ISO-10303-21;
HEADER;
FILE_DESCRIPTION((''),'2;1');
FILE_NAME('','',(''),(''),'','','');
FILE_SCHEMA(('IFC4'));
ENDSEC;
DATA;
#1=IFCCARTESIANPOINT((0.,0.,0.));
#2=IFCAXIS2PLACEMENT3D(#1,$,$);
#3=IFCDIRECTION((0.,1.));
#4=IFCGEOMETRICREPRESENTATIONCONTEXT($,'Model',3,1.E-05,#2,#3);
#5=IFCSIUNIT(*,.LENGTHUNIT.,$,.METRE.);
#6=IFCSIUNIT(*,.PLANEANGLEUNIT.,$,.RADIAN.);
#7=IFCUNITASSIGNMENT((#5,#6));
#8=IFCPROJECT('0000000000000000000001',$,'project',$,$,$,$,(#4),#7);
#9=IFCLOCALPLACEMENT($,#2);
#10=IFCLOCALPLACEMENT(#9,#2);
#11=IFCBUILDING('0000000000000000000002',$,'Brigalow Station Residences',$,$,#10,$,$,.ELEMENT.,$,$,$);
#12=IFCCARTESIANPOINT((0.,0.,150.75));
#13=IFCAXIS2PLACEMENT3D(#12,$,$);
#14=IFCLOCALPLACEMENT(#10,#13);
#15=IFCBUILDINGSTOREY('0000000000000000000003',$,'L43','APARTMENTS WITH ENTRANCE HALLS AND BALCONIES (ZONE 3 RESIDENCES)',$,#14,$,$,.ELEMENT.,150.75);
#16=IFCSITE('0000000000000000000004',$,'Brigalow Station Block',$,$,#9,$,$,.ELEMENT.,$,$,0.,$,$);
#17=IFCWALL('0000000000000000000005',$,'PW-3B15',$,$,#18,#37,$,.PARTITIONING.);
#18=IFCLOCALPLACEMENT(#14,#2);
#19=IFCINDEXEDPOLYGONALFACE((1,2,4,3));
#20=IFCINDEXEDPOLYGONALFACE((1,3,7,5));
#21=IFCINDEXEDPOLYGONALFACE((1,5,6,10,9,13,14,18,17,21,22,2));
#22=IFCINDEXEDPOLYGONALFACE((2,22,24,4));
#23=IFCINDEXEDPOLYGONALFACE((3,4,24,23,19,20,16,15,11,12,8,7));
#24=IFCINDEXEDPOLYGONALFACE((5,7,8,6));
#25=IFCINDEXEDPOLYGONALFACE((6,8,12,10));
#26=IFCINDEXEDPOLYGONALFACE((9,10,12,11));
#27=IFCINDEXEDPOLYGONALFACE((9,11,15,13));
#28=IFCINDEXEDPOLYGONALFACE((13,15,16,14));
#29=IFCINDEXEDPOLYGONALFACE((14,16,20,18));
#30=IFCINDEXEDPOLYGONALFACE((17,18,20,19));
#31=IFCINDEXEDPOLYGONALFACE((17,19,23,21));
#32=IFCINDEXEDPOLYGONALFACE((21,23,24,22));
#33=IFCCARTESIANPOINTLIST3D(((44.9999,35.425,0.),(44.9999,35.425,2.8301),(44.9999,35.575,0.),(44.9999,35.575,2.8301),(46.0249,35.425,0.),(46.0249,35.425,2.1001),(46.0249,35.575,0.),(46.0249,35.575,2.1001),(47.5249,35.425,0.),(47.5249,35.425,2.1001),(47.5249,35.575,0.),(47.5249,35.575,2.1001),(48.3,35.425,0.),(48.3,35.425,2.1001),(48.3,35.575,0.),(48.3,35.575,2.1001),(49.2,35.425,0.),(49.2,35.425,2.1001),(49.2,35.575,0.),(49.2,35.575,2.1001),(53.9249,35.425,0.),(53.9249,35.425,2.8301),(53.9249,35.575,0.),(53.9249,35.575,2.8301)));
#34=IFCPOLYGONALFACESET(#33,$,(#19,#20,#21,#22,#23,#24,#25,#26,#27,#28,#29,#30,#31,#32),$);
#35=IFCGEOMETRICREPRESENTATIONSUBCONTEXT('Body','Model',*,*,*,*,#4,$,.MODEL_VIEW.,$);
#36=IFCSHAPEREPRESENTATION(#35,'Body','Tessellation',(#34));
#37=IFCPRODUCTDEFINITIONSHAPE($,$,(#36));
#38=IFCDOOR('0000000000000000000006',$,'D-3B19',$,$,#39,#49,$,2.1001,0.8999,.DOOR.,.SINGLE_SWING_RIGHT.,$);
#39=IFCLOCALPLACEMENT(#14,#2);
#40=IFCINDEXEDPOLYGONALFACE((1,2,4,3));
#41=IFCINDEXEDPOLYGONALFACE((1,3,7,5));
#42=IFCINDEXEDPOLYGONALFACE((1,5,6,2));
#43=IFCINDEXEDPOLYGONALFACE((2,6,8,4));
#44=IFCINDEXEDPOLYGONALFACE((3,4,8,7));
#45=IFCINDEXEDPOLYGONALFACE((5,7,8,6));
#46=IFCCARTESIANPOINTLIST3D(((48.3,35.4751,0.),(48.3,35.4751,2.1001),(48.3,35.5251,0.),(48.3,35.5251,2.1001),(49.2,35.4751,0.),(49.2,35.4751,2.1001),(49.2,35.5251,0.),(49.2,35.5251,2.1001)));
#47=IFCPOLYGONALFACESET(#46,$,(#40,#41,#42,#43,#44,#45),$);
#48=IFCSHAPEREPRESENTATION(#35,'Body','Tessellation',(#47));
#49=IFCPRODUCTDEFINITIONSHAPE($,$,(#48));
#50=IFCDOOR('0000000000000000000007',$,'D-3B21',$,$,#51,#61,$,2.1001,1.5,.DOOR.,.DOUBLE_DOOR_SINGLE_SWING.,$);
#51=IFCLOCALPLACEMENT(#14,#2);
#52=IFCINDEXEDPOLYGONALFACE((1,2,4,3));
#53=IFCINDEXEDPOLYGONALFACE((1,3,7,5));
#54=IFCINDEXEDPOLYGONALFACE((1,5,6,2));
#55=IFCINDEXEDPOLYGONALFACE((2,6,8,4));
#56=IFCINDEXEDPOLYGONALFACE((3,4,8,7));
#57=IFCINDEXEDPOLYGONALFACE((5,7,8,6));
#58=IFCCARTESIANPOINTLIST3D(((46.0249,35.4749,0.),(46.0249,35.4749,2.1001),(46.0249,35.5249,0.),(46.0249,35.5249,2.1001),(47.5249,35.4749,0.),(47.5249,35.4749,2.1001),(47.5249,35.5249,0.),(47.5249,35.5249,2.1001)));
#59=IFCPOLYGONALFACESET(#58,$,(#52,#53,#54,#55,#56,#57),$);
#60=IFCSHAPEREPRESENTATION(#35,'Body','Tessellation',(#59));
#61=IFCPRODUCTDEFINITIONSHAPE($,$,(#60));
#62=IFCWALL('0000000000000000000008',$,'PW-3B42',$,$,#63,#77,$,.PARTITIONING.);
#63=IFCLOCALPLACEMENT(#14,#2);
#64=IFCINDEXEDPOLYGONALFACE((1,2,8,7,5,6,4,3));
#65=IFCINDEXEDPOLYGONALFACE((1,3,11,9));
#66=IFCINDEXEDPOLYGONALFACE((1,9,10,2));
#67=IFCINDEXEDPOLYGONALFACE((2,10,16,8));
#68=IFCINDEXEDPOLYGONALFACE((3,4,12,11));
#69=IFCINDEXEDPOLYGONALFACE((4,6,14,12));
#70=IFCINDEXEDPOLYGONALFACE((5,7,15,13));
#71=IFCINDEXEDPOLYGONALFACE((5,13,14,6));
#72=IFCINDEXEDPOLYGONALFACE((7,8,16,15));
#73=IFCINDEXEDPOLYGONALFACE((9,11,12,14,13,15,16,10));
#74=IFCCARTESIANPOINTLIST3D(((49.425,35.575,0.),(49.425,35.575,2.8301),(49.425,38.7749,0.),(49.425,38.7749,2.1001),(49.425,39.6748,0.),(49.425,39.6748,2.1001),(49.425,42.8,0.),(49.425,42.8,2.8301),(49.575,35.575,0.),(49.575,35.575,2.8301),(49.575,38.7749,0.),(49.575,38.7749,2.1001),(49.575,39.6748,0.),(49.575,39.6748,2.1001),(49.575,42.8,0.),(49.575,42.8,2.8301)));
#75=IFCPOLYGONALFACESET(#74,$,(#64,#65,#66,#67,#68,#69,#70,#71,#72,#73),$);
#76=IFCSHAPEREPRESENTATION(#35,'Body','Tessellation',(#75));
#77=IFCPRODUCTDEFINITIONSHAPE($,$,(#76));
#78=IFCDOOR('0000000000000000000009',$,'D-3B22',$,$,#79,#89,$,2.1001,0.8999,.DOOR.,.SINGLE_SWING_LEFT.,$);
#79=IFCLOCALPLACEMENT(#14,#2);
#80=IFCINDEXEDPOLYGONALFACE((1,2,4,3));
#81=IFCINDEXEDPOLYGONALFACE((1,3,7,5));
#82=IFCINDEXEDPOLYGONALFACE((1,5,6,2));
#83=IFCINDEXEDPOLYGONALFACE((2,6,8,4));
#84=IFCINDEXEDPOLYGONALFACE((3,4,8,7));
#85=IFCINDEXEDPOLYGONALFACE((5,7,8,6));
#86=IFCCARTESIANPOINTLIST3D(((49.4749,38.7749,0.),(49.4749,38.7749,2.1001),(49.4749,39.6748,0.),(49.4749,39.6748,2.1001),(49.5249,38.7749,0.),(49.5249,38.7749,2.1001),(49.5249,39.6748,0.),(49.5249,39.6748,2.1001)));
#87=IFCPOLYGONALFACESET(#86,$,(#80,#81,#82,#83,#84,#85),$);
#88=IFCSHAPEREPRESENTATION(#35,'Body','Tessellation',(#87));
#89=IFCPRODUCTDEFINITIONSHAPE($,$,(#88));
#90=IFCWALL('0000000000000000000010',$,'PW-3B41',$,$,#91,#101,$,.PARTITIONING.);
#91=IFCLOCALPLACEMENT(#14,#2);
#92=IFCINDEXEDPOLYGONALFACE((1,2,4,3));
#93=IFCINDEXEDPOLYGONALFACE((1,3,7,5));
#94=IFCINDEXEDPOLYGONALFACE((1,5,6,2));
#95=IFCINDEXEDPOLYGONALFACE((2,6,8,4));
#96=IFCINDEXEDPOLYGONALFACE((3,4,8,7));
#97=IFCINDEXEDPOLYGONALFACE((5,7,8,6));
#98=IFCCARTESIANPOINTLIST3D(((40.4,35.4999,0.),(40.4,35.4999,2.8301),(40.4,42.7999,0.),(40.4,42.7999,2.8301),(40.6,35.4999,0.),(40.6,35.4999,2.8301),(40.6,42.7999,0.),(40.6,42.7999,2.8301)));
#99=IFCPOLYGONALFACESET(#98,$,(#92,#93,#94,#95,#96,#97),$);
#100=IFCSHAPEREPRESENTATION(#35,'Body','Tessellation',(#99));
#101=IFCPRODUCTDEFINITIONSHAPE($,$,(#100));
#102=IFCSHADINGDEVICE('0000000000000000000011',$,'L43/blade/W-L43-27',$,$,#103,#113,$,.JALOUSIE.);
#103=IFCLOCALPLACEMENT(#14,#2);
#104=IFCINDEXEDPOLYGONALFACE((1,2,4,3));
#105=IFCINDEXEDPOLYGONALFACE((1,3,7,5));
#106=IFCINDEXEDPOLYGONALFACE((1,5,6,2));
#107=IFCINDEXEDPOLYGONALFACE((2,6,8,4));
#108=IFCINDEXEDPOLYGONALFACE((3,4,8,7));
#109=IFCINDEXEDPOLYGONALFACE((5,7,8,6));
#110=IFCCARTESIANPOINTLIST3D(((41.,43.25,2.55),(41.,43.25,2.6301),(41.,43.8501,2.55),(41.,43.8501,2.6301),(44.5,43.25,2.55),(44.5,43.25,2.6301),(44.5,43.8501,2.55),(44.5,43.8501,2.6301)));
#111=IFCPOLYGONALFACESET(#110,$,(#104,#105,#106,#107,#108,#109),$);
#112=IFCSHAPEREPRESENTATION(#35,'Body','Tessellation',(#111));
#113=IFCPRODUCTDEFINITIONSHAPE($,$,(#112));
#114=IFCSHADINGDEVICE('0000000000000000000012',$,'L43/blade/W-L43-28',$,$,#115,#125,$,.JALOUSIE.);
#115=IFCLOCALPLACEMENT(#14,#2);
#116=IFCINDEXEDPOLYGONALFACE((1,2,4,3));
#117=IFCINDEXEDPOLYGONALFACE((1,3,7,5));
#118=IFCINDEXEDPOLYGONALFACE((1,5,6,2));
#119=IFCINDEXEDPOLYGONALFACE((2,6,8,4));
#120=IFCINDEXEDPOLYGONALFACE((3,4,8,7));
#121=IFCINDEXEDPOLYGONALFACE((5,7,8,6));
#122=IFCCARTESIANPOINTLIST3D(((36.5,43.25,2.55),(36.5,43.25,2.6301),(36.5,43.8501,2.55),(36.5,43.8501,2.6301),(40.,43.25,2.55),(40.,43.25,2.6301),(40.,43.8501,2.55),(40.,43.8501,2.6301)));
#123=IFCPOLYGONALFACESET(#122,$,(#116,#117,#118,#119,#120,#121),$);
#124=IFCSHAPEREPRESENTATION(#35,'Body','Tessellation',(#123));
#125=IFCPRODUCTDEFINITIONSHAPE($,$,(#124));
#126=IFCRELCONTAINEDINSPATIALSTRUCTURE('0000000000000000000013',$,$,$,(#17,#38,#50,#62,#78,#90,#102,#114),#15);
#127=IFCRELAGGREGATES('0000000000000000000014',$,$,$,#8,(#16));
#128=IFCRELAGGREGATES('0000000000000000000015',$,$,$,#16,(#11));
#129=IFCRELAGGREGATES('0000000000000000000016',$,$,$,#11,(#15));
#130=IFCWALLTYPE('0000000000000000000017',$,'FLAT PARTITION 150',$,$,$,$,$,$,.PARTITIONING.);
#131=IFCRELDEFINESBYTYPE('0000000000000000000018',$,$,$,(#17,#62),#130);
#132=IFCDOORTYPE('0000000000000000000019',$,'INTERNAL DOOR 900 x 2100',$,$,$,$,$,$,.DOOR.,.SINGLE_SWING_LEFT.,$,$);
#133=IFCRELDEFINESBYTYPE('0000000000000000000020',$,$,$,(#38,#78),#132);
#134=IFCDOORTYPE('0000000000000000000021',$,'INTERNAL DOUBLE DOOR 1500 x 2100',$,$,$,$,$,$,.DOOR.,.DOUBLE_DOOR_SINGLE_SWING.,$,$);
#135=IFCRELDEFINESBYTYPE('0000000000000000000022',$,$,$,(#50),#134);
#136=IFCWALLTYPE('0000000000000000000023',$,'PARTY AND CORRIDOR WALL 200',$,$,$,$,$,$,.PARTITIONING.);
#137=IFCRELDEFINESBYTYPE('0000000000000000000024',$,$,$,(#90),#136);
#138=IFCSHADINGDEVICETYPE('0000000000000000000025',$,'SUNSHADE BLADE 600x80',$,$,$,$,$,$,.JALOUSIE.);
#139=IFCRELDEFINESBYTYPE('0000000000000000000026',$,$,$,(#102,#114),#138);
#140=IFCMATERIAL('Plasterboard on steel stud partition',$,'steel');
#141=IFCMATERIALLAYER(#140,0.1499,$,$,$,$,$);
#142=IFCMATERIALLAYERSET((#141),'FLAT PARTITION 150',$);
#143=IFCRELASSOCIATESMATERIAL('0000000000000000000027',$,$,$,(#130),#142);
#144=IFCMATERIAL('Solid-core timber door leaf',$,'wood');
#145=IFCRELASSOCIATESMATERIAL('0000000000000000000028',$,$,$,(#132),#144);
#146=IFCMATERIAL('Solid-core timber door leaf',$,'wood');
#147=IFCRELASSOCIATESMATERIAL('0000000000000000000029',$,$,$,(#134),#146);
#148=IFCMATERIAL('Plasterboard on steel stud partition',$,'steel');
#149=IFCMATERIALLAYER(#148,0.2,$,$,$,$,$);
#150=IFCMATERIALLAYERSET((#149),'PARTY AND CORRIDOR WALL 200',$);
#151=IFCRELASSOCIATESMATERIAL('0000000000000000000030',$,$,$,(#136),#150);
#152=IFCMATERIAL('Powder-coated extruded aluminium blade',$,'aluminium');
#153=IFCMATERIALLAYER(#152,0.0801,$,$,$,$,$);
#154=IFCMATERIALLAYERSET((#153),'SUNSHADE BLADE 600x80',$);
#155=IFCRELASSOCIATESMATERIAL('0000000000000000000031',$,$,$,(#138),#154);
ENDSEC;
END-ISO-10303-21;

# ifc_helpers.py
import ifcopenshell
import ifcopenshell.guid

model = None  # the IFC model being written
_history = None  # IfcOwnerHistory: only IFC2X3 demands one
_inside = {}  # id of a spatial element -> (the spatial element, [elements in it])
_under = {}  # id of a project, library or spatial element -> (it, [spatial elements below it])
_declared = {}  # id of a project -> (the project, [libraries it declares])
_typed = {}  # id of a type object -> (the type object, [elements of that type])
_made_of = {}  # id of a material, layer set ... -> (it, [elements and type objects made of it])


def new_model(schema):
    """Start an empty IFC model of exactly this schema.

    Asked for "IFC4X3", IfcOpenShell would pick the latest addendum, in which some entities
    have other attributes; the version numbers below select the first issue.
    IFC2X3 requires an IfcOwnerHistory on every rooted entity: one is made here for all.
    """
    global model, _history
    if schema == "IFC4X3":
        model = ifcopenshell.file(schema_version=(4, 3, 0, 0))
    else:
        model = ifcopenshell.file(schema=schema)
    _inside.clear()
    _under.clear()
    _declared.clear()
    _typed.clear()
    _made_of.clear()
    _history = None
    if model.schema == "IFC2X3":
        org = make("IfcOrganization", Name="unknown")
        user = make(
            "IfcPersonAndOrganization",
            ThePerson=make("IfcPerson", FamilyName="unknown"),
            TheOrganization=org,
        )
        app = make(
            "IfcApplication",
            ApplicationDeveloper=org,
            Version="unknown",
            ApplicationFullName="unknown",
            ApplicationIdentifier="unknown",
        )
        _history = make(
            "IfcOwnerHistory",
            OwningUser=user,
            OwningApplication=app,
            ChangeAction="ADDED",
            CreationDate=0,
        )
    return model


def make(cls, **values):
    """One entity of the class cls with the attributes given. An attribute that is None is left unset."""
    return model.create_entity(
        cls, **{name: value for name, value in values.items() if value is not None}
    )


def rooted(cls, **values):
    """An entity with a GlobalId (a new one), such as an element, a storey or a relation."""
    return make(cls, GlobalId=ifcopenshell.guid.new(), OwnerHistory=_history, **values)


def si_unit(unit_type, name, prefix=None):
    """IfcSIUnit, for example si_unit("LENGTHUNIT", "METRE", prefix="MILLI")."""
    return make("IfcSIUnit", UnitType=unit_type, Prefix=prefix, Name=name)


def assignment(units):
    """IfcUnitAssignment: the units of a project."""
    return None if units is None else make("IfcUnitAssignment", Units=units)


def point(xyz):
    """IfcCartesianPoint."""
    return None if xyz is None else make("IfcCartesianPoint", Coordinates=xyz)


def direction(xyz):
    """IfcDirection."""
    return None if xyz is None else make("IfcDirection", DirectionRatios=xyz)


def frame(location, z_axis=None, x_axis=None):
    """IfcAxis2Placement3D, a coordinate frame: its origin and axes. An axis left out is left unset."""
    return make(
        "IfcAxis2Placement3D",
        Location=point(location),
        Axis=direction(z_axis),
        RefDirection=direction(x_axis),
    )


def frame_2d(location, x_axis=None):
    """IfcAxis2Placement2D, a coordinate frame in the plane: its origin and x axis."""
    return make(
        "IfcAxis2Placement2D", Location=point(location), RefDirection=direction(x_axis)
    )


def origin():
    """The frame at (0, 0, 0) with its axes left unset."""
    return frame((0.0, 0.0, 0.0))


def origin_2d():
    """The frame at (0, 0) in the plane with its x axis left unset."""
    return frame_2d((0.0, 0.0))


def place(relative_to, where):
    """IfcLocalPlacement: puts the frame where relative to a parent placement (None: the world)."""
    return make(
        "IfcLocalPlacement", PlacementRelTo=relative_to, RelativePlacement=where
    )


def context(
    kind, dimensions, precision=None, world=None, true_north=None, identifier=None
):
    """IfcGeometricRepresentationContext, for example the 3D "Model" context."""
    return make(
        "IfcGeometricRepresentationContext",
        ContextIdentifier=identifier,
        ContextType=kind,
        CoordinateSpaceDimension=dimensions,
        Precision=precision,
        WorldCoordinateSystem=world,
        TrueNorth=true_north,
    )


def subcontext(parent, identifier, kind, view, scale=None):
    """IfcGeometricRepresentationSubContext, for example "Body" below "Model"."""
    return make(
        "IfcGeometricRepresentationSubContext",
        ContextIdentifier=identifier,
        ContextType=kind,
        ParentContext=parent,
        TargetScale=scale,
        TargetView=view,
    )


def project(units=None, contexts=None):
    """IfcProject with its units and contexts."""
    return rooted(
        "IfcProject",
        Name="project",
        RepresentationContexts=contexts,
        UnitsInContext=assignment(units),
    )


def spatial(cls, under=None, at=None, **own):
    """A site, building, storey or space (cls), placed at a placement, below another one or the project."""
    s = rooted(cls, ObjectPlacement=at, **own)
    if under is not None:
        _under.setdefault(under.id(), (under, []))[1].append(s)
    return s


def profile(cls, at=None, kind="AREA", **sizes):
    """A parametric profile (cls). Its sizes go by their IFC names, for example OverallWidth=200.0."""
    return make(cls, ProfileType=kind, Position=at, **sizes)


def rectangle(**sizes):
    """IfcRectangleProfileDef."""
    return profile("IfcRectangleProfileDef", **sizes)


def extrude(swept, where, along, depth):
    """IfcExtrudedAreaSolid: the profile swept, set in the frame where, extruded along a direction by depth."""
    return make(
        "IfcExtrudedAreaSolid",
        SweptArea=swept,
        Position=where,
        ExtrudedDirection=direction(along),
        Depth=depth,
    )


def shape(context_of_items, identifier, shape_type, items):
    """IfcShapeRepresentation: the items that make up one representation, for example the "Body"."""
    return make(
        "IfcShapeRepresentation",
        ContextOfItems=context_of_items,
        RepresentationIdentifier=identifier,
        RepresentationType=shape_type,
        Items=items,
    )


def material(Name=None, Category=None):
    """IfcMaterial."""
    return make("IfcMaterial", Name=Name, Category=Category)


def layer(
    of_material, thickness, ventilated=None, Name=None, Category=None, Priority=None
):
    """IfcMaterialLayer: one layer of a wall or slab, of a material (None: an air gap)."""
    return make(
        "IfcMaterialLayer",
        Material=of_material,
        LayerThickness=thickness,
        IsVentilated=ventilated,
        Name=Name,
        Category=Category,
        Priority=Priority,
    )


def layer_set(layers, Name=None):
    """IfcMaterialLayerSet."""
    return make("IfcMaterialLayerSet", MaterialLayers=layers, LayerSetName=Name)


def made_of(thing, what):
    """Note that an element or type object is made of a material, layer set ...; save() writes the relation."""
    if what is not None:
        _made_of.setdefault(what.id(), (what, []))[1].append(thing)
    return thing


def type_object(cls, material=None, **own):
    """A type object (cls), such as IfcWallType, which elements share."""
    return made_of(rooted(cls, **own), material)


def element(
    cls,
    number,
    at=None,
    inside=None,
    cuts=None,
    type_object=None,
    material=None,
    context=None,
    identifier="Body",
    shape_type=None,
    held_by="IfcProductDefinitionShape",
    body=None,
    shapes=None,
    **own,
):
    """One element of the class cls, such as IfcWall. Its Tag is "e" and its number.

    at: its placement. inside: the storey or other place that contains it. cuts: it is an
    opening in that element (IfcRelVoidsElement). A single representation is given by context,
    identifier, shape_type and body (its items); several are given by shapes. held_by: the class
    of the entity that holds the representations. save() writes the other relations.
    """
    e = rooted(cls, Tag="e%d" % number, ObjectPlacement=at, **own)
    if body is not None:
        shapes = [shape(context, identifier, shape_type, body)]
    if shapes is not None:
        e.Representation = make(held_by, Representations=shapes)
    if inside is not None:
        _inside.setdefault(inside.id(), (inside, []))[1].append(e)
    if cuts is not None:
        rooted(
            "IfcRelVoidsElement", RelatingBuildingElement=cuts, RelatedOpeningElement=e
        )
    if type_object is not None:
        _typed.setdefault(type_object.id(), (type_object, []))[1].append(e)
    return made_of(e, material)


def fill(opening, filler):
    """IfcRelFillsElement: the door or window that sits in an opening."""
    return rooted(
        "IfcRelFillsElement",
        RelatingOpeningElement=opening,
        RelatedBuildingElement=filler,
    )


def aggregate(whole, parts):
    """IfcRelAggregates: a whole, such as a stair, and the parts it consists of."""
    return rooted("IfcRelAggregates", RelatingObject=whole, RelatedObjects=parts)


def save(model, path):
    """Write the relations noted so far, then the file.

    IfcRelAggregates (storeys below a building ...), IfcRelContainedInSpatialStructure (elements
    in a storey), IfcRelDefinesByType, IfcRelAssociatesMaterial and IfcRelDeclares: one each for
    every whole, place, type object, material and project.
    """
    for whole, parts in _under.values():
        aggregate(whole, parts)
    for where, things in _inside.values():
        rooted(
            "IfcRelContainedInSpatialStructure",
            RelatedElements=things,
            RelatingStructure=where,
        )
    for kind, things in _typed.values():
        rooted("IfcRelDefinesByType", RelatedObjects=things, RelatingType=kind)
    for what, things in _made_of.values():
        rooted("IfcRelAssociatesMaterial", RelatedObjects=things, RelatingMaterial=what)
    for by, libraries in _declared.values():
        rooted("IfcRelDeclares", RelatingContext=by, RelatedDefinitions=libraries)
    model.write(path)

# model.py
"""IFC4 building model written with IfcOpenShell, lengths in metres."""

from ifc_helpers import new_model, si_unit, direction, frame, frame_2d, origin, origin_2d, place, context, subcontext, project, spatial, rectangle, extrude, material, layer, layer_set, type_object, element, fill, save


model = new_model("IFC4")

# Units and contexts
model_context = context("Model", 3, precision=1e-05, world=origin(), true_north=direction((0.0, 1.0)))
body_context = subcontext(model_context, "Body", "Model", "MODEL_VIEW")
ifc_project = project(units=[si_unit("LENGTHUNIT", "METRE"), si_unit("PLANEANGLEUNIT", "RADIAN")], contexts=[model_context])

# Site, building, storey
site_placement = place(None, origin())
site = spatial("IfcSite", under=ifc_project, at=site_placement, Name="Brigalow Station Block", CompositionType="ELEMENT", RefElevation=0.0)
building_placement = place(site_placement, origin())
building = spatial("IfcBuilding", under=site, at=building_placement, Name="Brigalow Station Residences", CompositionType="ELEMENT")
storey_placement = place(building_placement, frame((0.0, 0.0, 150.75)))
storey = spatial("IfcBuildingStorey", under=building, at=storey_placement, Name="L43", Description="APARTMENTS WITH ENTRANCE HALLS AND BALCONIES (ZONE 3 RESIDENCES)", CompositionType="ELEMENT", Elevation=150.75)

# Wall, openings, doors
ifc_material_1 = material(Name="Plasterboard on steel stud partition", Category="steel")
ifc_layer_1 = layer(ifc_material_1, 0.1499)
ifc_layer_set_1 = layer_set([ifc_layer_1], Name="FLAT PARTITION 150")
wall_type_1 = type_object("IfcWallType", Name="FLAT PARTITION 150", PredefinedType="PARTITIONING", material=ifc_layer_set_1)
wall_1_placement = place(storey_placement, frame((45.0, 35.5, 0.0), z_axis=(0.0, 0.0, 1.0), x_axis=(1.0, 0.0, 0.0)))
wall_1 = element("IfcWall", 1, at=wall_1_placement, inside=storey, type_object=wall_type_1, Name="PW-3B15", PredefinedType="PARTITIONING", context=body_context, shape_type="SweptSolid", body=[
    extrude(rectangle(XDim=8.925, YDim=0.1499, at=frame_2d((4.4624, 0.0))), origin(), (0.0, 0.0, 1.0), 2.8301),
])
opening_1_placement = place(wall_1_placement, frame((3.3, 0.0, 0.0)))
opening_1 = element("IfcOpeningElement", 2, at=opening_1_placement, cuts=wall_1, PredefinedType="OPENING", context=body_context, shape_type="SweptSolid", body=[
    extrude(rectangle(XDim=0.8999, YDim=2.1001, at=frame_2d((0.45, 1.05))), frame((0.0, 0.085, 0.0), z_axis=(0.0, -1.0, 0.0), x_axis=(1.0, 0.0, 0.0)), (0.0, 0.0, 1.0), 0.1699),
])
opening_2_placement = place(wall_1_placement, frame((1.0249, 0.0, 0.0)))
opening_2 = element("IfcOpeningElement", 3, at=opening_2_placement, cuts=wall_1, PredefinedType="OPENING", context=body_context, shape_type="SweptSolid", body=[
    extrude(rectangle(XDim=1.5, YDim=2.1001, at=frame_2d((0.75, 1.05))), frame((0.0, 0.085, 0.0), z_axis=(0.0, -1.0, 0.0), x_axis=(1.0, 0.0, 0.0)), (0.0, 0.0, 1.0), 0.1699),
])
ifc_material_2 = material(Name="Solid-core timber door leaf", Category="wood")
door_type_1 = type_object("IfcDoorType", Name="INTERNAL DOOR 900 x 2100", OperationType="SINGLE_SWING_LEFT", PredefinedType="DOOR", material=ifc_material_2)
door_1_placement = place(opening_1_placement, frame((0.8999, 0.0, 0.0), z_axis=(0.0, 0.0, 1.0), x_axis=(-1.0, 0.0, 0.0)))
door_1 = element("IfcDoor", 4, at=door_1_placement, inside=storey, type_object=door_type_1, Name="D-3B19", OperationType="SINGLE_SWING_RIGHT", OverallHeight=2.1001, OverallWidth=0.8999, PredefinedType="DOOR", context=body_context, shape_type="SweptSolid", body=[
    extrude(rectangle(XDim=0.8999, YDim=2.1001, at=frame_2d((0.45, 1.05))), frame((0.0, 0.0249, 0.0), z_axis=(0.0, -1.0, 0.0), x_axis=(1.0, 0.0, 0.0)), (0.0, 0.0, 1.0), 0.05),
])
fill(opening_1, door_1)
ifc_material_3 = material(Name="Solid-core timber door leaf", Category="wood")
door_type_2 = type_object("IfcDoorType", Name="INTERNAL DOUBLE DOOR 1500 x 2100", OperationType="DOUBLE_DOOR_SINGLE_SWING", PredefinedType="DOOR", material=ifc_material_3)
door_2_placement = place(opening_2_placement, origin())
door_2 = element("IfcDoor", 5, at=door_2_placement, inside=storey, type_object=door_type_2, Name="D-3B21", OperationType="DOUBLE_DOOR_SINGLE_SWING", OverallHeight=2.1001, OverallWidth=1.5, PredefinedType="DOOR", context=body_context, shape_type="SweptSolid", body=[
    extrude(rectangle(XDim=1.5, YDim=2.1001, at=frame_2d((0.75, 1.05))), frame((0.0, 0.0249, 0.0), z_axis=(0.0, -1.0, 0.0), x_axis=(1.0, 0.0, 0.0)), (0.0, 0.0, 1.0), 0.05),
])
fill(opening_2, door_2)

# Wall, opening, door
wall_2_placement = place(storey_placement, frame((49.5, 35.575, 0.0), z_axis=(0.0, 0.0, 1.0), x_axis=(0.0, 1.0, 0.0)))
wall_2 = element("IfcWall", 6, at=wall_2_placement, inside=storey, type_object=wall_type_1, Name="PW-3B42", PredefinedType="PARTITIONING", context=body_context, shape_type="SweptSolid", body=[
    extrude(rectangle(XDim=7.2251, YDim=0.1499, at=frame_2d((3.6125, 0.0))), origin(), (0.0, 0.0, 1.0), 2.8301),
])
opening_3_placement = place(wall_2_placement, frame((3.2, 0.0, 0.0)))
opening_3 = element("IfcOpeningElement", 7, at=opening_3_placement, cuts=wall_2, PredefinedType="OPENING", context=body_context, shape_type="SweptSolid", body=[
    extrude(rectangle(XDim=0.8999, YDim=2.1001, at=frame_2d((0.45, 1.05))), frame((0.0, 0.085, 0.0), z_axis=(0.0, -1.0, 0.0), x_axis=(1.0, 0.0, 0.0)), (0.0, 0.0, 1.0), 0.1699),
])
door_3_placement = place(opening_3_placement, frame((0.8999, 0.0, 0.0), z_axis=(0.0, 0.0, 1.0), x_axis=(-1.0, 0.0, 0.0)))
door_3 = element("IfcDoor", 8, at=door_3_placement, inside=storey, type_object=door_type_1, Name="D-3B22", OperationType="SINGLE_SWING_LEFT", OverallHeight=2.1001, OverallWidth=0.8999, PredefinedType="DOOR", context=body_context, shape_type="SweptSolid", body=[
    extrude(rectangle(XDim=0.8999, YDim=2.1001, at=frame_2d((0.45, 1.05))), frame((0.0, 0.0249, 0.0), z_axis=(0.0, -1.0, 0.0), x_axis=(1.0, 0.0, 0.0)), (0.0, 0.0, 1.0), 0.05),
])
fill(opening_3, door_3)

# Wall
ifc_material_4 = material(Name="Plasterboard on steel stud partition", Category="steel")
ifc_layer_2 = layer(ifc_material_4, 0.2)
ifc_layer_set_2 = layer_set([ifc_layer_2], Name="PARTY AND CORRIDOR WALL 200")
wall_type_2 = type_object("IfcWallType", Name="PARTY AND CORRIDOR WALL 200", PredefinedType="PARTITIONING", material=ifc_layer_set_2)
wall_3_placement = place(storey_placement, frame((40.5, 35.5, 0.0), z_axis=(0.0, 0.0, 1.0), x_axis=(0.0, 1.0, 0.0)))
element("IfcWall", 9, at=wall_3_placement, inside=storey, type_object=wall_type_2, Name="PW-3B41", PredefinedType="PARTITIONING", context=body_context, shape_type="SweptSolid", body=[
    extrude(rectangle(XDim=7.3, YDim=0.2, at=frame_2d((3.6499, 0.0))), origin(), (0.0, 0.0, 1.0), 2.8301),
])

# Shading devices
ifc_material_5 = material(Name="Powder-coated extruded aluminium blade", Category="aluminium")
ifc_layer_3 = layer(ifc_material_5, 0.0801)
ifc_layer_set_3 = layer_set([ifc_layer_3], Name="SUNSHADE BLADE 600x80")
shading_device_type = type_object("IfcShadingDeviceType", Name="SUNSHADE BLADE 600x80", PredefinedType="JALOUSIE", material=ifc_layer_set_3)
for number, where, z_axis, x_axis, name in (
    (10, (42.75, 43.55, 2.55), (0.0, 0.0, 1.0), (-1.0, 0.0, 0.0), "L43/blade/W-L43-27"),
    (11, (38.25, 43.55, 2.55), (0.0, 0.0, 1.0), (-1.0, 0.0, 0.0), "L43/blade/W-L43-28"),
):
    element("IfcShadingDevice", number, at=place(storey_placement, frame(where, z_axis=z_axis, x_axis=x_axis)), inside=storey, type_object=shading_device_type, Name=name, PredefinedType="JALOUSIE", context=body_context, shape_type="SweptSolid", body=[
        extrude(rectangle(XDim=3.5, YDim=0.6001, at=origin_2d()), origin(), (0.0, 0.0, 1.0), 0.0801),
    ])

save(model, "model.ifc")
